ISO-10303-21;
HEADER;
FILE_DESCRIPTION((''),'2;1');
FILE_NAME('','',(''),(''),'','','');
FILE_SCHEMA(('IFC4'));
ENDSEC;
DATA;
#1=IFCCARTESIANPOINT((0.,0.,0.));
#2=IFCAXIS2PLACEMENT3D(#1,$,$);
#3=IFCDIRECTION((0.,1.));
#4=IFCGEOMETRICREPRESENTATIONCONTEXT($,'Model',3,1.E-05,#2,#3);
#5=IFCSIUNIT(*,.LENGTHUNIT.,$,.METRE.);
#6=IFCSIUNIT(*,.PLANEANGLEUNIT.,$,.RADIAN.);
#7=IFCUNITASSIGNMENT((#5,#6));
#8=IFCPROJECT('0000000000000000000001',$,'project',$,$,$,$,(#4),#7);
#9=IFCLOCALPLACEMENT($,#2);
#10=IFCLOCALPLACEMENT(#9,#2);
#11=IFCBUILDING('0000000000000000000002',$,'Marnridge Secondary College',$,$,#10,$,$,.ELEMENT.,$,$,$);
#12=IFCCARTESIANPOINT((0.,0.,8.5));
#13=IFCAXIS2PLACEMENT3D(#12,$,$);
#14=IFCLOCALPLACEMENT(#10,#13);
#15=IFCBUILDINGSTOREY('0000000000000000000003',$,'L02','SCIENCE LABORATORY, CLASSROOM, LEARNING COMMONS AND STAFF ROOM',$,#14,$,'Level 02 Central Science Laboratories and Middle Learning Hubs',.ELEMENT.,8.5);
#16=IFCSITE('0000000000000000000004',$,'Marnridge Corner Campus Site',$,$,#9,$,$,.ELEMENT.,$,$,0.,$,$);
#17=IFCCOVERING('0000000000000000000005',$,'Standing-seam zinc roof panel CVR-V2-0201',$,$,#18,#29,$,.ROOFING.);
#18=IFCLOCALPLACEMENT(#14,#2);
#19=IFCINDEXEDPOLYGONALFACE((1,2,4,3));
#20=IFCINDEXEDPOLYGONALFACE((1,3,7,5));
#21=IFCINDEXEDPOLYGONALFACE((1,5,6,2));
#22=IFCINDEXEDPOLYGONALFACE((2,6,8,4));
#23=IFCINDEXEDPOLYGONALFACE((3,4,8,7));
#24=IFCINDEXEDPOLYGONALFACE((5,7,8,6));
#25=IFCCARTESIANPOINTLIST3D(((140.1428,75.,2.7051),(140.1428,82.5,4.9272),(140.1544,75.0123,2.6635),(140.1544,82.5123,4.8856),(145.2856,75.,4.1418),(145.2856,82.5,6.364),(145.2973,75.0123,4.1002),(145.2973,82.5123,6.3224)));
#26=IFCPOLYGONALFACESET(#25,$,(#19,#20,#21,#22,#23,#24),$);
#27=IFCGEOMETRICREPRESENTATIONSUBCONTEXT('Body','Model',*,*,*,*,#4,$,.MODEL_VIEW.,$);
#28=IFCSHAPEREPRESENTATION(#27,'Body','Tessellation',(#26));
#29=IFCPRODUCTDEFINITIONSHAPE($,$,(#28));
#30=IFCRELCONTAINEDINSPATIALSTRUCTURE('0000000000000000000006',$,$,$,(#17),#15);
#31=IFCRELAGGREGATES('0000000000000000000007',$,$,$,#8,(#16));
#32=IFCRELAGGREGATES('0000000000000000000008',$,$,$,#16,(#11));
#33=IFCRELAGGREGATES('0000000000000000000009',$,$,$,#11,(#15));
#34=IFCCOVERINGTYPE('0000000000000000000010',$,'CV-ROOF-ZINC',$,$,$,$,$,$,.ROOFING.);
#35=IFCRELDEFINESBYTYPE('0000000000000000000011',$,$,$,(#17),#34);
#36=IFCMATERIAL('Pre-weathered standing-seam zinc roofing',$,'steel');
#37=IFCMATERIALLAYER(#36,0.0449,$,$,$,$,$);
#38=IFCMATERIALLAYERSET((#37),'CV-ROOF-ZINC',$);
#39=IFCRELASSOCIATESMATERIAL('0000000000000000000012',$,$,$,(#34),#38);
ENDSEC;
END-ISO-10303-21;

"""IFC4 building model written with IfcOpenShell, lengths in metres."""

from ifc_helpers import new_model, si_unit, direction, frame, origin, place, context, subcontext, project, spatial, polyline, outline, extrude, material, layer, layer_set, type_object, element, save


model = new_model("IFC4")

# Units and contexts
model_context = context("Model", 3, precision=1e-05, world=origin(), true_north=direction((0.0, 1.0)))
body_context = subcontext(model_context, "Body", "Model", "MODEL_VIEW")
ifc_project = project(units=[si_unit("LENGTHUNIT", "METRE"), si_unit("PLANEANGLEUNIT", "RADIAN")], contexts=[model_context])

# Site, building, storey
site_placement = place(None, origin())
site = spatial("IfcSite", under=ifc_project, at=site_placement, Name="Marnridge Corner Campus Site", CompositionType="ELEMENT", RefElevation=0.0)
building_placement = place(site_placement, origin())
building = spatial("IfcBuilding", under=site, at=building_placement, Name="Marnridge Secondary College", CompositionType="ELEMENT")
storey_placement = place(building_placement, frame((0.0, 0.0, 8.5)))
storey = spatial("IfcBuildingStorey", under=building, at=storey_placement, Name="L02", Description="SCIENCE LABORATORY, CLASSROOM, LEARNING COMMONS AND STAFF ROOM", LongName="Level 02 Central Science Laboratories and Middle Learning Hubs", CompositionType="ELEMENT", Elevation=8.5)

# Covering
ifc_material_1 = material(Name="Pre-weathered standing-seam zinc roofing", Category="steel")
ifc_layer_1 = layer(ifc_material_1, 0.0449)
ifc_layer_set_1 = layer_set([ifc_layer_1], Name="CV-ROOF-ZINC")
covering_type = type_object("IfcCoveringType", Name="CV-ROOF-ZINC", PredefinedType="ROOFING", material=ifc_layer_set_1)
covering_placement = place(storey_placement, frame((140.1428, 75.0, 2.7051), z_axis=(-0.258742, -0.274408, 0.92615), x_axis=(0.963121, 0.0, 0.26907)))
element("IfcCovering", 1, at=covering_placement, inside=storey, type_object=covering_type, Name="Standing-seam zinc roof panel CVR-V2-0201", PredefinedType="ROOFING", context=body_context, shape_type="SweptSolid", body=[
    extrude(outline(polyline([(0.0, 0.0), (5.3397, 0.0), (5.9377, 7.7994), (0.5979, 7.7994), (0.0, 0.0)])), origin(), (0.0, 0.0, -1.0), 0.0449),
])

save(model, "model.ifc")
